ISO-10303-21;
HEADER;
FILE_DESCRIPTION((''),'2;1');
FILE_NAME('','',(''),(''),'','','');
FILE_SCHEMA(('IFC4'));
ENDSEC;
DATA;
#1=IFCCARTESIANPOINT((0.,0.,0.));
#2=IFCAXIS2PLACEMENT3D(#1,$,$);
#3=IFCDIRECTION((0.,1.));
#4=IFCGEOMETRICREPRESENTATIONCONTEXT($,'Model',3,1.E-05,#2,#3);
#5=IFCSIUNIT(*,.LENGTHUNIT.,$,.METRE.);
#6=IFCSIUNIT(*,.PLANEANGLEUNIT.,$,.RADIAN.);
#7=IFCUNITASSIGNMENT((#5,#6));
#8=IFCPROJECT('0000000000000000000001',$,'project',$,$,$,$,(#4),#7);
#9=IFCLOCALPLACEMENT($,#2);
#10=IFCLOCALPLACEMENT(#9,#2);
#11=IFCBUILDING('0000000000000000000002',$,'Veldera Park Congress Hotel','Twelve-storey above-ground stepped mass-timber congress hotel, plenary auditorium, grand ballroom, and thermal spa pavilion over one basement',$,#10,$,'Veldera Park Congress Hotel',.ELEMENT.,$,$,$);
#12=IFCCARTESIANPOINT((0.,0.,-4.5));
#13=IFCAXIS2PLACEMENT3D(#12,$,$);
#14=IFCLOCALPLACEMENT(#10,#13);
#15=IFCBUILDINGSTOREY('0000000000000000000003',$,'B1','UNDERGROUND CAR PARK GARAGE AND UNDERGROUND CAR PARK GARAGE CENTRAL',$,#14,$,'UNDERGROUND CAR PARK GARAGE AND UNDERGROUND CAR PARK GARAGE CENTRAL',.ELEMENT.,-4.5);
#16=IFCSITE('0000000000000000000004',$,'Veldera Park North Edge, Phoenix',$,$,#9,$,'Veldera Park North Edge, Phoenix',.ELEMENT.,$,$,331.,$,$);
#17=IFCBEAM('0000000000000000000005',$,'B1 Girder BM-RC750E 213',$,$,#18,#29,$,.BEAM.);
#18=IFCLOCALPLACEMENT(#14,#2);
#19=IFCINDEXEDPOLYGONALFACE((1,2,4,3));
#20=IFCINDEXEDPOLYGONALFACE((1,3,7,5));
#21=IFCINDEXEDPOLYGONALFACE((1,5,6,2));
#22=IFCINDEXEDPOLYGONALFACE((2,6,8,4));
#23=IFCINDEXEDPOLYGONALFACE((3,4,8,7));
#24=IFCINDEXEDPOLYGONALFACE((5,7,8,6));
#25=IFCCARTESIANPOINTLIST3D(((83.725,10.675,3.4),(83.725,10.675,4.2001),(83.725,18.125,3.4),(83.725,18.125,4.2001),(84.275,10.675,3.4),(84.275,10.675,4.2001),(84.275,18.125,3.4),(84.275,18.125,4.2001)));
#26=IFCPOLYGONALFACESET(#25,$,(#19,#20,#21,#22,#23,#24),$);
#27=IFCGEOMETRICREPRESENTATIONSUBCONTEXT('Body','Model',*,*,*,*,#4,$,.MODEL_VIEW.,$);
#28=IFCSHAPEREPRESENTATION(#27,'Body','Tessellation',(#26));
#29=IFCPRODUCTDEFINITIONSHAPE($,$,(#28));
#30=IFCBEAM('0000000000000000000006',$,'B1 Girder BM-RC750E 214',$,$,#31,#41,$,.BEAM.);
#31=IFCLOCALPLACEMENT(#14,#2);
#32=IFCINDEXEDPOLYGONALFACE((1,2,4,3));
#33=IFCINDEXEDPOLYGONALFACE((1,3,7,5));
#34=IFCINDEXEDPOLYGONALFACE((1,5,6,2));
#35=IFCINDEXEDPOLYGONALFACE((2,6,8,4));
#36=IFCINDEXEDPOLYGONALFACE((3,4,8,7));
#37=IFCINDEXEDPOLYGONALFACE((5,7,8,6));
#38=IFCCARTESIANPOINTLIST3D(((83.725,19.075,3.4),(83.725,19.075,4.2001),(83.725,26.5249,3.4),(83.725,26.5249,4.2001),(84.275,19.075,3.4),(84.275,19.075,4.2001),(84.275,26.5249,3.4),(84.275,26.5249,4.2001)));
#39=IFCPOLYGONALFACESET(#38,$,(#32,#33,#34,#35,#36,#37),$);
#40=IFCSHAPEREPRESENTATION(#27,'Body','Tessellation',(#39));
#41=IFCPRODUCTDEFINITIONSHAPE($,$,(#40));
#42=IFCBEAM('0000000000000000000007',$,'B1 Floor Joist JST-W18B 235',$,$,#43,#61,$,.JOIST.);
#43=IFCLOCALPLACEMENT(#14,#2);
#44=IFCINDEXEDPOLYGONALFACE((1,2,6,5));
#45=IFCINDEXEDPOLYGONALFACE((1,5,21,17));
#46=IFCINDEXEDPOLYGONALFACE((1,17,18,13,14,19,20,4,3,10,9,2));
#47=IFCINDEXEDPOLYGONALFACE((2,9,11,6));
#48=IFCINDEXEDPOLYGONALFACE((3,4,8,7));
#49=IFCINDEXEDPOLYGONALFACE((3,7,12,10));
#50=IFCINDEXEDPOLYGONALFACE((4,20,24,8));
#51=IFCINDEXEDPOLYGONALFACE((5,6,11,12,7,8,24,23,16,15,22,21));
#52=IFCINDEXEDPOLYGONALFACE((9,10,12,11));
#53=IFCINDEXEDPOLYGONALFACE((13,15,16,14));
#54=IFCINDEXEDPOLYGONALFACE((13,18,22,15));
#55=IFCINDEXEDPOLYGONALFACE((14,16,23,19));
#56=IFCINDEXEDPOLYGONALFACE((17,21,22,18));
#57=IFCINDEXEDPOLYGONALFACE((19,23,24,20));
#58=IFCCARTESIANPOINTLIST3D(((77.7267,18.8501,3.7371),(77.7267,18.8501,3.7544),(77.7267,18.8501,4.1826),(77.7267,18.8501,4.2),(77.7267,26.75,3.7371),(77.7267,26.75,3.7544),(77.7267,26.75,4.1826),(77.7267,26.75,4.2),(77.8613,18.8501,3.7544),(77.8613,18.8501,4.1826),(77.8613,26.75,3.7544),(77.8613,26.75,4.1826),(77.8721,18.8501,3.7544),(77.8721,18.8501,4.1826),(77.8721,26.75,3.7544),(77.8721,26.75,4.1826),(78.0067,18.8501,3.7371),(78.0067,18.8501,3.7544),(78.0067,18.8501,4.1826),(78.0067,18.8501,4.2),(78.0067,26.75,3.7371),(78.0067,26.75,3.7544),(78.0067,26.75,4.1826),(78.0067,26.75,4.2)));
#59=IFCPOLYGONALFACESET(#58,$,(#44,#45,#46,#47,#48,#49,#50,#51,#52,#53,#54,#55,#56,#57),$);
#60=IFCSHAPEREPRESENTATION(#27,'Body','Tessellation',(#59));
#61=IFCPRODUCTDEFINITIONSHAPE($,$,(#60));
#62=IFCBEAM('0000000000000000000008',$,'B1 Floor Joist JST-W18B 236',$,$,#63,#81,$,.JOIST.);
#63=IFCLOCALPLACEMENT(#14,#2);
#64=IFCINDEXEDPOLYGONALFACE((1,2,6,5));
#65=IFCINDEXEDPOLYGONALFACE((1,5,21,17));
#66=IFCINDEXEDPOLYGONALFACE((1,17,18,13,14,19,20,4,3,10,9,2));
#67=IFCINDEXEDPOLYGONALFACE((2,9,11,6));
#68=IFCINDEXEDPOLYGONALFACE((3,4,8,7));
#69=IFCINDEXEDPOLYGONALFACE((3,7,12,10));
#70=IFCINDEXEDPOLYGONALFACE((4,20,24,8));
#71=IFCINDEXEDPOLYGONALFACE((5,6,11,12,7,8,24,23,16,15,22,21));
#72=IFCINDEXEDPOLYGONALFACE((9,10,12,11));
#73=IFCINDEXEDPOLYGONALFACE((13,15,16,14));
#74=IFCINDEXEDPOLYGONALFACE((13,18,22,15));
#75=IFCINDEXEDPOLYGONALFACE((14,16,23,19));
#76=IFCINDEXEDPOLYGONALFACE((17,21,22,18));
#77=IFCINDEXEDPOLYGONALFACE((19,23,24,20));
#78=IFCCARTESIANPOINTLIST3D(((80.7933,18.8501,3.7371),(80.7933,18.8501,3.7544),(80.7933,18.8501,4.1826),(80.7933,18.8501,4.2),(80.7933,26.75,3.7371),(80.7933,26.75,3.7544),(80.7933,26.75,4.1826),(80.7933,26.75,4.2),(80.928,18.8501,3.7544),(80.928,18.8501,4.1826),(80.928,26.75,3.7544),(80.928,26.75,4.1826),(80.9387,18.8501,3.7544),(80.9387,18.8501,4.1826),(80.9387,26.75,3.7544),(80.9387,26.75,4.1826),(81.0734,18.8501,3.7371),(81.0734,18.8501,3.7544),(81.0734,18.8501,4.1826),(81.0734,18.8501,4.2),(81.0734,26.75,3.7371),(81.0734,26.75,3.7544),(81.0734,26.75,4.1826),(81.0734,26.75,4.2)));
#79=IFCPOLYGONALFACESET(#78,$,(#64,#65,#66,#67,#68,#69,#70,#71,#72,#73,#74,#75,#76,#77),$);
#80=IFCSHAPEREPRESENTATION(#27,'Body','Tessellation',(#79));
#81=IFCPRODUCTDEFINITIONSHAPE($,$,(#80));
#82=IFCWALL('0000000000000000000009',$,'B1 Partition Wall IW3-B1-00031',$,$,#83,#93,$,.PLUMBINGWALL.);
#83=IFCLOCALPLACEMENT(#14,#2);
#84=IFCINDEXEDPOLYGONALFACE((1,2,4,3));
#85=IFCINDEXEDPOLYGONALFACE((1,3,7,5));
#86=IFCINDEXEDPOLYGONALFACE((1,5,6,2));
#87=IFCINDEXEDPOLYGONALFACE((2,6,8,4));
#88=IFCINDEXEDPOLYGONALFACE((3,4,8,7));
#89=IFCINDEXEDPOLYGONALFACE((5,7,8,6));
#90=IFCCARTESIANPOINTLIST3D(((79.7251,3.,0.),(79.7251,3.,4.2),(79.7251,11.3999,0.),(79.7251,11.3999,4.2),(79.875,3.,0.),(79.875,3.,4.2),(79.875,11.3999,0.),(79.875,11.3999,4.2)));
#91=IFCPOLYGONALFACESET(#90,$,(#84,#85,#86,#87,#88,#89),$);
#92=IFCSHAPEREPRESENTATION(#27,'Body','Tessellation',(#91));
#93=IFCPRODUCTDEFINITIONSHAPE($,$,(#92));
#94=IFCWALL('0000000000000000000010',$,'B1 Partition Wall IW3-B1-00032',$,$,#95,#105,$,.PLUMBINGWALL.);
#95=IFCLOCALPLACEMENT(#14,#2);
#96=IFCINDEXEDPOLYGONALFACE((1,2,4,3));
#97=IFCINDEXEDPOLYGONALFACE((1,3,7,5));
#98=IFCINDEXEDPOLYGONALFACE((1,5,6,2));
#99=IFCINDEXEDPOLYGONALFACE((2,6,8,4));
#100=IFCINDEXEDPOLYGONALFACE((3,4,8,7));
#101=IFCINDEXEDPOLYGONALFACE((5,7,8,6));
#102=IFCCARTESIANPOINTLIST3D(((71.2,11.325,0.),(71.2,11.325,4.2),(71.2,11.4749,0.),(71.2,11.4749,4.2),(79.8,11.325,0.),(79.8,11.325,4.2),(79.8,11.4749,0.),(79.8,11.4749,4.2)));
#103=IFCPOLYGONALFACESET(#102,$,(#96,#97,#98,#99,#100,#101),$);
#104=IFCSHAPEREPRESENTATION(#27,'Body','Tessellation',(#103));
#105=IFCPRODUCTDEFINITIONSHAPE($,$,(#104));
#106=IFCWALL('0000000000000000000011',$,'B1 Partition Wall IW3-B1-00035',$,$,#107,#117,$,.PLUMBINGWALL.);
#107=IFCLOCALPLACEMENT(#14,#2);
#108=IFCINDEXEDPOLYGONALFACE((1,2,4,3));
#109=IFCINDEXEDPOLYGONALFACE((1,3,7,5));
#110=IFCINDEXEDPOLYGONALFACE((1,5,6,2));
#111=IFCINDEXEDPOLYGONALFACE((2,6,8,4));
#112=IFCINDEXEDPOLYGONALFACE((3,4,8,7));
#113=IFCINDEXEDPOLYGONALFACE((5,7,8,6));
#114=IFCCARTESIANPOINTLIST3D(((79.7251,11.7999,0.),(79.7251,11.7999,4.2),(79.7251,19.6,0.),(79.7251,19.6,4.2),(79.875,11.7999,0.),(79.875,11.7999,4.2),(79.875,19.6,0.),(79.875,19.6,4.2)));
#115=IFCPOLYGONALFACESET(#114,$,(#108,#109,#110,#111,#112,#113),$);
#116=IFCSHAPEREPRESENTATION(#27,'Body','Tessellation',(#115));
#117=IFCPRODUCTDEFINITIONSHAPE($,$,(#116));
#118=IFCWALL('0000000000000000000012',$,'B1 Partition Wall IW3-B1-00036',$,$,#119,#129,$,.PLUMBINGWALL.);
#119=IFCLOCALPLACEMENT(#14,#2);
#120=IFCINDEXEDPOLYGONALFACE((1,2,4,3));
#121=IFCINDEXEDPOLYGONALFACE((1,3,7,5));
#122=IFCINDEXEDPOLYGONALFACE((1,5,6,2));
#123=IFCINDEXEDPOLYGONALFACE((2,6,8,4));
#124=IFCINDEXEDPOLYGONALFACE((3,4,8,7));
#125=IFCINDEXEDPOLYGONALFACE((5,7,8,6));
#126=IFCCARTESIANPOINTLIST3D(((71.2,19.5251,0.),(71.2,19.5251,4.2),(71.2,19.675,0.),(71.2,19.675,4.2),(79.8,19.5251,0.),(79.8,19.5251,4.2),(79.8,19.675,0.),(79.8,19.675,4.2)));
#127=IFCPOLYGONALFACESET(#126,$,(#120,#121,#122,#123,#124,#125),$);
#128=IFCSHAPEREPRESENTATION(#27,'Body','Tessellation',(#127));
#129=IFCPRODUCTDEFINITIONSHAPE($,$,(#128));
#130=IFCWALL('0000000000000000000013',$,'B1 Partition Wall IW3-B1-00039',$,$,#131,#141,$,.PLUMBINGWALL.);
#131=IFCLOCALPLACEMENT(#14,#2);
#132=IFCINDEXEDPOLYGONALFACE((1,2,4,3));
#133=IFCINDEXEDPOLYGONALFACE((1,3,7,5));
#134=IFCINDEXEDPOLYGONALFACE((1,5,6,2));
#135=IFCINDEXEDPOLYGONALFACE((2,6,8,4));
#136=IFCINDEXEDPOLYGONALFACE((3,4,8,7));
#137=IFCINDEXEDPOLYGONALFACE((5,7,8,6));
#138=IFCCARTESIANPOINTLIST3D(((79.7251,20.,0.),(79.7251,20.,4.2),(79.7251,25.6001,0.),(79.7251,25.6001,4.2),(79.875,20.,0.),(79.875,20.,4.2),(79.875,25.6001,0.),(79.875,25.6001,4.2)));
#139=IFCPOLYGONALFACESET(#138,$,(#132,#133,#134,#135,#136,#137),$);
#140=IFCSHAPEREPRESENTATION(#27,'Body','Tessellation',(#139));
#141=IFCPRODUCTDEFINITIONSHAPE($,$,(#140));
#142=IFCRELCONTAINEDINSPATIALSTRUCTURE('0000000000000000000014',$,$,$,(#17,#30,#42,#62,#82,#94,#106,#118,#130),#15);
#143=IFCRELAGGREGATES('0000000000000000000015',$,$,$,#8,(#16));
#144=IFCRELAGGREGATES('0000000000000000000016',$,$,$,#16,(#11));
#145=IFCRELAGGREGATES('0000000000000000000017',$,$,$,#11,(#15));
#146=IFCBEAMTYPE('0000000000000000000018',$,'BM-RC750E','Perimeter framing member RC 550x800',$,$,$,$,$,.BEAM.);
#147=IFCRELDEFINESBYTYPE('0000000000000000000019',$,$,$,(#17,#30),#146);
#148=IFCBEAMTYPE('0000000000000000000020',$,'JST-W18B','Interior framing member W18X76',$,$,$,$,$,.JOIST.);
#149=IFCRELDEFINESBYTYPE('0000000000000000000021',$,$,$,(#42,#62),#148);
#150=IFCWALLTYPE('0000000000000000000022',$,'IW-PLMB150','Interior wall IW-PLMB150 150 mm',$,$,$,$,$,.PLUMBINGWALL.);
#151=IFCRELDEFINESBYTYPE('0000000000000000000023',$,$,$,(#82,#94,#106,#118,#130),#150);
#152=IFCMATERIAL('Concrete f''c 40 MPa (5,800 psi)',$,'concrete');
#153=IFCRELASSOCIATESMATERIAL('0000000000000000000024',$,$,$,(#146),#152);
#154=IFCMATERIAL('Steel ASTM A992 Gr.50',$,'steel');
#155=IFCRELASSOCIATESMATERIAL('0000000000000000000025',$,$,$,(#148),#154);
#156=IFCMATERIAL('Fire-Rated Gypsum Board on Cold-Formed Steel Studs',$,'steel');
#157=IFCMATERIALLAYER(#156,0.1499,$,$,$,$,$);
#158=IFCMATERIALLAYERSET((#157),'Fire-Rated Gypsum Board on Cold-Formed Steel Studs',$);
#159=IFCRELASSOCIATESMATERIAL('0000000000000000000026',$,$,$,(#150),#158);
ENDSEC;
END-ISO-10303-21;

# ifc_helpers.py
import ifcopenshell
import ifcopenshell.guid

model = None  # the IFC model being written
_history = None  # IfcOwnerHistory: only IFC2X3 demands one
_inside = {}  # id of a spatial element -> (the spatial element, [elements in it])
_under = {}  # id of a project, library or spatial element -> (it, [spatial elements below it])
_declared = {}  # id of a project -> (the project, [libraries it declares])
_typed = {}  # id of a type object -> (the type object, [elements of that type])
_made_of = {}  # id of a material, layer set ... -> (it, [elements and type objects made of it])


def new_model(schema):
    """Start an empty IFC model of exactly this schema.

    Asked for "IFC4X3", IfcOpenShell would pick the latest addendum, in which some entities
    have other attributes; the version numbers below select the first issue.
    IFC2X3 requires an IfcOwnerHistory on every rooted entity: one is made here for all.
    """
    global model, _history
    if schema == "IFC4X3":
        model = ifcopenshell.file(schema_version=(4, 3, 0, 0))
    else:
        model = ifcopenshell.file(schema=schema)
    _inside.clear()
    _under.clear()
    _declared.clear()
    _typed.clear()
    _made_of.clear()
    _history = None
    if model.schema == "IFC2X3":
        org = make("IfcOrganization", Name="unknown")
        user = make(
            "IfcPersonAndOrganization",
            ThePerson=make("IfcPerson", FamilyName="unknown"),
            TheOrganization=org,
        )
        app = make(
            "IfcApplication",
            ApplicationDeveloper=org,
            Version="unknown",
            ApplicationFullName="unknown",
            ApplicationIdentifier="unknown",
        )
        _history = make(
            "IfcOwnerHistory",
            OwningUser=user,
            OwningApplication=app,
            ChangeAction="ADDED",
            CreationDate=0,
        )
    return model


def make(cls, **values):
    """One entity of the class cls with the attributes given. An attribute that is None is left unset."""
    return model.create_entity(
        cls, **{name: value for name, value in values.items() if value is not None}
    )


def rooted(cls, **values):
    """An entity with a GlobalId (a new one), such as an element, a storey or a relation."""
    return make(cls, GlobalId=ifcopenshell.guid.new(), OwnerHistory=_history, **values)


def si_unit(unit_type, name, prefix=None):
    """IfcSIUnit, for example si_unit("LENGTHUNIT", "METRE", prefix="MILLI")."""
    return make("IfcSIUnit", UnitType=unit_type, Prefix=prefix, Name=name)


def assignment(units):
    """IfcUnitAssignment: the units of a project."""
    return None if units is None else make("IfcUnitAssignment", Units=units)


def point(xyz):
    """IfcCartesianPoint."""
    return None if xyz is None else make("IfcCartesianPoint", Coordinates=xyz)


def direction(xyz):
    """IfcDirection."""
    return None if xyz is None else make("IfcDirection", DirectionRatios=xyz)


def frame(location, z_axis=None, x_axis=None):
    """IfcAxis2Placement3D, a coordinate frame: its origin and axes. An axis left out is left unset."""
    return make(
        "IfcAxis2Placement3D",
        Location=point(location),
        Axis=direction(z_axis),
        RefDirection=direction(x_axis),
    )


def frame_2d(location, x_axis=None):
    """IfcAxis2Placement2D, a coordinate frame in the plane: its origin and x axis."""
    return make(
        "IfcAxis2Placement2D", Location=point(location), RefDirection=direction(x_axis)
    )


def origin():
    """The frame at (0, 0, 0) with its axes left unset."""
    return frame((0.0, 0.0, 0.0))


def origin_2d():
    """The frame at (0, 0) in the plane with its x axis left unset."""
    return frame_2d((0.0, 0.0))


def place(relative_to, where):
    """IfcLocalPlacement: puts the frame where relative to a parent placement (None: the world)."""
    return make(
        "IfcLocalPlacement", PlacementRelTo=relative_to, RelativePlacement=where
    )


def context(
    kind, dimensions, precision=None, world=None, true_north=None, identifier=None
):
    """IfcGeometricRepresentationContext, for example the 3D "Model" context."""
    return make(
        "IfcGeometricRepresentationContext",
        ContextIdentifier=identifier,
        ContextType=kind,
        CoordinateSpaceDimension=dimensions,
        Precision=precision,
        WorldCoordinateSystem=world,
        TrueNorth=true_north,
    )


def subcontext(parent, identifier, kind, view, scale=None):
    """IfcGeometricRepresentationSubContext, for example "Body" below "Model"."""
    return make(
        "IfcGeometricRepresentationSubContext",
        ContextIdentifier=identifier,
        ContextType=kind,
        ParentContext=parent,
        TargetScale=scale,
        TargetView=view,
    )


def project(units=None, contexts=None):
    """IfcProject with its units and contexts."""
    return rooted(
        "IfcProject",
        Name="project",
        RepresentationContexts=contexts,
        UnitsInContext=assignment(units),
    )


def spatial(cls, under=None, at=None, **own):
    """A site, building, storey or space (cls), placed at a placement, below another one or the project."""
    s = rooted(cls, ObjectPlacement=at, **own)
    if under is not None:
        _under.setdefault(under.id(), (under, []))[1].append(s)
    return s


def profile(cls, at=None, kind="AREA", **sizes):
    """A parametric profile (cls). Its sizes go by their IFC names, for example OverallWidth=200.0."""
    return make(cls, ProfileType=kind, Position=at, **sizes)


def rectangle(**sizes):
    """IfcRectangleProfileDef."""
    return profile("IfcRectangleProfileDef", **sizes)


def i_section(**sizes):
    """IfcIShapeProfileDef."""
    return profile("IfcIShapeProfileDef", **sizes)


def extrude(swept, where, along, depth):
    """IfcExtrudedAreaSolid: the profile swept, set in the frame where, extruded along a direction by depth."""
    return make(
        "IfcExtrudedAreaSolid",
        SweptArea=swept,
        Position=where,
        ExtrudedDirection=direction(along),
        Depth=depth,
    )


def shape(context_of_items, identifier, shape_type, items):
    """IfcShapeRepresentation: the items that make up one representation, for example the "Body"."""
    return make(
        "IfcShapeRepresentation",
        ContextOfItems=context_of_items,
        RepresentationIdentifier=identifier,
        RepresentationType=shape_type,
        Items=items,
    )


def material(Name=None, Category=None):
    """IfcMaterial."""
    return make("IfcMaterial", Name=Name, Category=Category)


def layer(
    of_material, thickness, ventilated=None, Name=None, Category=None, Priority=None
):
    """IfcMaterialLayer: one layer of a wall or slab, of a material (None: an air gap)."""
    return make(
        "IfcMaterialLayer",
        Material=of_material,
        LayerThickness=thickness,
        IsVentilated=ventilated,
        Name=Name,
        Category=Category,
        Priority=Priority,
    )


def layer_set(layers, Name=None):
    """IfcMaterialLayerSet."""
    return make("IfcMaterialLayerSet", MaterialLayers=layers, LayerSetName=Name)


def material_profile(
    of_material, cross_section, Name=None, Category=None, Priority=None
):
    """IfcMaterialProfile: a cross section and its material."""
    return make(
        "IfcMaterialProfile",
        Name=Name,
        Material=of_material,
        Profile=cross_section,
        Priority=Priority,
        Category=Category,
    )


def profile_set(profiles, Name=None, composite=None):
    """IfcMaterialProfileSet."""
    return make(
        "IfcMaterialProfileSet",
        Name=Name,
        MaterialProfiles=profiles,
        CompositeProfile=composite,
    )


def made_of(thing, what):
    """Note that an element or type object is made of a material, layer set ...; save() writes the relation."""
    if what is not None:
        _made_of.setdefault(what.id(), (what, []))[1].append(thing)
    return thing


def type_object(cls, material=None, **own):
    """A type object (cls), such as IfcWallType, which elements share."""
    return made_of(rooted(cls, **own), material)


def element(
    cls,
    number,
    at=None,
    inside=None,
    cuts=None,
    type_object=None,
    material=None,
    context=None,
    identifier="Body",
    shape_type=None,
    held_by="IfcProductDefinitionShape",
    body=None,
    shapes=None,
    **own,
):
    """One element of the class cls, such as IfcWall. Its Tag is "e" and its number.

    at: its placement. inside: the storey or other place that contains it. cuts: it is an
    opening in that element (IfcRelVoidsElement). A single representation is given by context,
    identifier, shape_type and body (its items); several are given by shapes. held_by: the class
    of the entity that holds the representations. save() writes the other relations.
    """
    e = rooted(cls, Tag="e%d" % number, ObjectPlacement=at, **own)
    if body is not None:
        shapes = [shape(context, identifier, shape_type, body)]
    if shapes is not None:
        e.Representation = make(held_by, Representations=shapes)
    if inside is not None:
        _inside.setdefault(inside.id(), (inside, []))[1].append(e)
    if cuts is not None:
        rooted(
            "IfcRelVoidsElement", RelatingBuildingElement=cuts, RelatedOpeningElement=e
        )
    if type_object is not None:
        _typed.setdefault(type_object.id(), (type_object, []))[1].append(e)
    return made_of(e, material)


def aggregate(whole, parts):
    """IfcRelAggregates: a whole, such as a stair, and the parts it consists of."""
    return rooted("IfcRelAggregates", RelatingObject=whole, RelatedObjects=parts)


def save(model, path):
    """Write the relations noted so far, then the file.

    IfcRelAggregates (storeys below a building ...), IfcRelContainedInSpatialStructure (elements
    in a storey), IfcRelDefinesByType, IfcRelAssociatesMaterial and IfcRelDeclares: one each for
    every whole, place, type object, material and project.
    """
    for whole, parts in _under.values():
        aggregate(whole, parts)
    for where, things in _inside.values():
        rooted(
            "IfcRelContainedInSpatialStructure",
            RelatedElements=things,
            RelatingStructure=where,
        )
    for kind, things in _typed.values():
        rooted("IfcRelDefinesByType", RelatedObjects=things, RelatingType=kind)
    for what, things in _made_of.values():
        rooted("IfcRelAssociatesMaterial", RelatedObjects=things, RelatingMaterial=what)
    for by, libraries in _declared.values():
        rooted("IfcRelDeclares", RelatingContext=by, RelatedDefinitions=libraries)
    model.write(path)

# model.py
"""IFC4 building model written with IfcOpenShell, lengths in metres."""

from ifc_helpers import new_model, si_unit, direction, frame, frame_2d, origin, origin_2d, place, context, subcontext, project, spatial, rectangle, i_section, extrude, material, layer, layer_set, material_profile, profile_set, type_object, element, save


model = new_model("IFC4")

# Units and contexts
model_context = context("Model", 3, precision=1e-05, world=origin(), true_north=direction((0.0, 1.0)))
body_context = subcontext(model_context, "Body", "Model", "MODEL_VIEW")
ifc_project = project(units=[si_unit("LENGTHUNIT", "METRE"), si_unit("PLANEANGLEUNIT", "RADIAN")], contexts=[model_context])

# Site, building, storey
site_placement = place(None, origin())
site = spatial("IfcSite", under=ifc_project, at=site_placement, Name="Veldera Park North Edge, Phoenix", LongName="Veldera Park North Edge, Phoenix", CompositionType="ELEMENT", RefElevation=331.0)
building_placement = place(site_placement, origin())
building = spatial("IfcBuilding", under=site, at=building_placement, Name="Veldera Park Congress Hotel", Description="Twelve-storey above-ground stepped mass-timber congress hotel, plenary auditorium, grand ballroom, and thermal spa pavilion over one basement", LongName="Veldera Park Congress Hotel", CompositionType="ELEMENT")
storey_placement = place(building_placement, frame((0.0, 0.0, -4.5)))
storey = spatial("IfcBuildingStorey", under=building, at=storey_placement, Name="B1", Description="UNDERGROUND CAR PARK GARAGE AND UNDERGROUND CAR PARK GARAGE CENTRAL", LongName="UNDERGROUND CAR PARK GARAGE AND UNDERGROUND CAR PARK GARAGE CENTRAL", CompositionType="ELEMENT", Elevation=-4.5)

# Shared definitions
ifc_material_1 = material(Name="Concrete f'c 40 MPa (5,800 psi)", Category="concrete")

# Beams
ifc_material_profile_1 = material_profile(ifc_material_1, rectangle(XDim=0.55, YDim=0.8, at=origin_2d()), Name="RC 550x800")
ifc_profile_set_1 = profile_set([ifc_material_profile_1], Name="Concrete f'c 40 MPa (5,800 psi)")
beam_type_1 = type_object("IfcBeamType", Name="BM-RC750E", Description="Perimeter framing member RC 550x800", PredefinedType="BEAM", material=ifc_profile_set_1)
for number, where, z_axis, x_axis, name in (
    (1, (84.0, 10.675, 3.8), (0.0, 1.0, 0.0), (-1.0, 0.0, 0.0), "B1 Girder BM-RC750E 213"),
    (2, (84.0, 19.075, 3.8), (0.0, 1.0, 0.0), (-1.0, 0.0, 0.0), "B1 Girder BM-RC750E 214"),
):
    element("IfcBeam", number, at=place(storey_placement, frame(where, z_axis=z_axis, x_axis=x_axis)), inside=storey, type_object=beam_type_1, Name=name, PredefinedType="BEAM", context=body_context, shape_type="SweptSolid", body=[
        extrude(rectangle(XDim=0.55, YDim=0.8, at=origin_2d()), origin(), (0.0, 0.0, 1.0), 7.45),
    ])
ifc_material_2 = material(Name="Steel ASTM A992 Gr.50", Category="steel")
ifc_material_profile_2 = material_profile(ifc_material_2, i_section(OverallWidth=0.28, OverallDepth=0.4629, WebThickness=0.0107, FlangeThickness=0.0173, at=origin_2d()), Name="W18X76")
ifc_profile_set_2 = profile_set([ifc_material_profile_2], Name="Steel ASTM A992 Gr.50")
beam_type_2 = type_object("IfcBeamType", Name="JST-W18B", Description="Interior framing member W18X76", PredefinedType="JOIST", material=ifc_profile_set_2)
for number, where, z_axis, x_axis, name in (
    (3, (77.8667, 18.8501, 3.9685), (0.0, 1.0, 0.0), (-1.0, 0.0, 0.0), "B1 Floor Joist JST-W18B 235"),
    (4, (80.9333, 18.8501, 3.9685), (0.0, 1.0, 0.0), (-1.0, 0.0, 0.0), "B1 Floor Joist JST-W18B 236"),
):
    element("IfcBeam", number, at=place(storey_placement, frame(where, z_axis=z_axis, x_axis=x_axis)), inside=storey, type_object=beam_type_2, Name=name, PredefinedType="JOIST", context=body_context, shape_type="SweptSolid", body=[
        extrude(i_section(OverallWidth=0.28, OverallDepth=0.4629, WebThickness=0.0107, FlangeThickness=0.0173, at=origin_2d()), origin(), (0.0, 0.0, 1.0), 7.8999),
    ])

# Walls
ifc_material_3 = material(Name="Fire-Rated Gypsum Board on Cold-Formed Steel Studs", Category="steel")
ifc_layer = layer(ifc_material_3, 0.1499)
ifc_layer_set = layer_set([ifc_layer], Name="Fire-Rated Gypsum Board on Cold-Formed Steel Studs")
wall_type = type_object("IfcWallType", Name="IW-PLMB150", Description="Interior wall IW-PLMB150 150 mm", PredefinedType="PLUMBINGWALL", material=ifc_layer_set)
wall_1_placement = place(storey_placement, frame((79.8, 3.0, 0.0), z_axis=(0.0, 0.0, 1.0), x_axis=(0.0, 1.0, 0.0)))
element("IfcWall", 5, at=wall_1_placement, inside=storey, type_object=wall_type, Name="B1 Partition Wall IW3-B1-00031", PredefinedType="PLUMBINGWALL", context=body_context, shape_type="SweptSolid", body=[
    extrude(rectangle(XDim=8.3999, YDim=0.1499, at=frame_2d((4.2, 0.0))), origin(), (0.0, 0.0, 1.0), 4.2),
])
wall_2_placement = place(storey_placement, frame((79.8, 11.3999, 0.0), z_axis=(0.0, 0.0, 1.0), x_axis=(-1.0, 0.0, 0.0)))
element("IfcWall", 6, at=wall_2_placement, inside=storey, type_object=wall_type, Name="B1 Partition Wall IW3-B1-00032", PredefinedType="PLUMBINGWALL", context=body_context, shape_type="SweptSolid", body=[
    extrude(rectangle(XDim=8.6001, YDim=0.1499, at=frame_2d((4.3, 0.0))), origin(), (0.0, 0.0, 1.0), 4.2),
])
wall_3_placement = place(storey_placement, frame((79.8, 11.8, 0.0), z_axis=(0.0, 0.0, 1.0), x_axis=(0.0, 1.0, 0.0)))
element("IfcWall", 7, at=wall_3_placement, inside=storey, type_object=wall_type, Name="B1 Partition Wall IW3-B1-00035", PredefinedType="PLUMBINGWALL", context=body_context, shape_type="SweptSolid", body=[
    extrude(rectangle(XDim=7.8, YDim=0.1499, at=frame_2d((3.8999, 0.0))), origin(), (0.0, 0.0, 1.0), 4.2),
])
wall_4_placement = place(storey_placement, frame((79.8, 19.6001, 0.0), z_axis=(0.0, 0.0, 1.0), x_axis=(-1.0, 0.0, 0.0)))
element("IfcWall", 8, at=wall_4_placement, inside=storey, type_object=wall_type, Name="B1 Partition Wall IW3-B1-00036", PredefinedType="PLUMBINGWALL", context=body_context, shape_type="SweptSolid", body=[
    extrude(rectangle(XDim=8.6001, YDim=0.1499, at=frame_2d((4.3, 0.0))), origin(), (0.0, 0.0, 1.0), 4.2),
])
wall_5_placement = place(storey_placement, frame((79.8, 20.0, 0.0), z_axis=(0.0, 0.0, 1.0), x_axis=(0.0, 1.0, 0.0)))
element("IfcWall", 9, at=wall_5_placement, inside=storey, type_object=wall_type, Name="B1 Partition Wall IW3-B1-00039", PredefinedType="PLUMBINGWALL", context=body_context, shape_type="SweptSolid", body=[
    extrude(rectangle(XDim=5.6001, YDim=0.1499, at=frame_2d((2.8, 0.0))), origin(), (0.0, 0.0, 1.0), 4.2),
])

save(model, "model.ifc")
